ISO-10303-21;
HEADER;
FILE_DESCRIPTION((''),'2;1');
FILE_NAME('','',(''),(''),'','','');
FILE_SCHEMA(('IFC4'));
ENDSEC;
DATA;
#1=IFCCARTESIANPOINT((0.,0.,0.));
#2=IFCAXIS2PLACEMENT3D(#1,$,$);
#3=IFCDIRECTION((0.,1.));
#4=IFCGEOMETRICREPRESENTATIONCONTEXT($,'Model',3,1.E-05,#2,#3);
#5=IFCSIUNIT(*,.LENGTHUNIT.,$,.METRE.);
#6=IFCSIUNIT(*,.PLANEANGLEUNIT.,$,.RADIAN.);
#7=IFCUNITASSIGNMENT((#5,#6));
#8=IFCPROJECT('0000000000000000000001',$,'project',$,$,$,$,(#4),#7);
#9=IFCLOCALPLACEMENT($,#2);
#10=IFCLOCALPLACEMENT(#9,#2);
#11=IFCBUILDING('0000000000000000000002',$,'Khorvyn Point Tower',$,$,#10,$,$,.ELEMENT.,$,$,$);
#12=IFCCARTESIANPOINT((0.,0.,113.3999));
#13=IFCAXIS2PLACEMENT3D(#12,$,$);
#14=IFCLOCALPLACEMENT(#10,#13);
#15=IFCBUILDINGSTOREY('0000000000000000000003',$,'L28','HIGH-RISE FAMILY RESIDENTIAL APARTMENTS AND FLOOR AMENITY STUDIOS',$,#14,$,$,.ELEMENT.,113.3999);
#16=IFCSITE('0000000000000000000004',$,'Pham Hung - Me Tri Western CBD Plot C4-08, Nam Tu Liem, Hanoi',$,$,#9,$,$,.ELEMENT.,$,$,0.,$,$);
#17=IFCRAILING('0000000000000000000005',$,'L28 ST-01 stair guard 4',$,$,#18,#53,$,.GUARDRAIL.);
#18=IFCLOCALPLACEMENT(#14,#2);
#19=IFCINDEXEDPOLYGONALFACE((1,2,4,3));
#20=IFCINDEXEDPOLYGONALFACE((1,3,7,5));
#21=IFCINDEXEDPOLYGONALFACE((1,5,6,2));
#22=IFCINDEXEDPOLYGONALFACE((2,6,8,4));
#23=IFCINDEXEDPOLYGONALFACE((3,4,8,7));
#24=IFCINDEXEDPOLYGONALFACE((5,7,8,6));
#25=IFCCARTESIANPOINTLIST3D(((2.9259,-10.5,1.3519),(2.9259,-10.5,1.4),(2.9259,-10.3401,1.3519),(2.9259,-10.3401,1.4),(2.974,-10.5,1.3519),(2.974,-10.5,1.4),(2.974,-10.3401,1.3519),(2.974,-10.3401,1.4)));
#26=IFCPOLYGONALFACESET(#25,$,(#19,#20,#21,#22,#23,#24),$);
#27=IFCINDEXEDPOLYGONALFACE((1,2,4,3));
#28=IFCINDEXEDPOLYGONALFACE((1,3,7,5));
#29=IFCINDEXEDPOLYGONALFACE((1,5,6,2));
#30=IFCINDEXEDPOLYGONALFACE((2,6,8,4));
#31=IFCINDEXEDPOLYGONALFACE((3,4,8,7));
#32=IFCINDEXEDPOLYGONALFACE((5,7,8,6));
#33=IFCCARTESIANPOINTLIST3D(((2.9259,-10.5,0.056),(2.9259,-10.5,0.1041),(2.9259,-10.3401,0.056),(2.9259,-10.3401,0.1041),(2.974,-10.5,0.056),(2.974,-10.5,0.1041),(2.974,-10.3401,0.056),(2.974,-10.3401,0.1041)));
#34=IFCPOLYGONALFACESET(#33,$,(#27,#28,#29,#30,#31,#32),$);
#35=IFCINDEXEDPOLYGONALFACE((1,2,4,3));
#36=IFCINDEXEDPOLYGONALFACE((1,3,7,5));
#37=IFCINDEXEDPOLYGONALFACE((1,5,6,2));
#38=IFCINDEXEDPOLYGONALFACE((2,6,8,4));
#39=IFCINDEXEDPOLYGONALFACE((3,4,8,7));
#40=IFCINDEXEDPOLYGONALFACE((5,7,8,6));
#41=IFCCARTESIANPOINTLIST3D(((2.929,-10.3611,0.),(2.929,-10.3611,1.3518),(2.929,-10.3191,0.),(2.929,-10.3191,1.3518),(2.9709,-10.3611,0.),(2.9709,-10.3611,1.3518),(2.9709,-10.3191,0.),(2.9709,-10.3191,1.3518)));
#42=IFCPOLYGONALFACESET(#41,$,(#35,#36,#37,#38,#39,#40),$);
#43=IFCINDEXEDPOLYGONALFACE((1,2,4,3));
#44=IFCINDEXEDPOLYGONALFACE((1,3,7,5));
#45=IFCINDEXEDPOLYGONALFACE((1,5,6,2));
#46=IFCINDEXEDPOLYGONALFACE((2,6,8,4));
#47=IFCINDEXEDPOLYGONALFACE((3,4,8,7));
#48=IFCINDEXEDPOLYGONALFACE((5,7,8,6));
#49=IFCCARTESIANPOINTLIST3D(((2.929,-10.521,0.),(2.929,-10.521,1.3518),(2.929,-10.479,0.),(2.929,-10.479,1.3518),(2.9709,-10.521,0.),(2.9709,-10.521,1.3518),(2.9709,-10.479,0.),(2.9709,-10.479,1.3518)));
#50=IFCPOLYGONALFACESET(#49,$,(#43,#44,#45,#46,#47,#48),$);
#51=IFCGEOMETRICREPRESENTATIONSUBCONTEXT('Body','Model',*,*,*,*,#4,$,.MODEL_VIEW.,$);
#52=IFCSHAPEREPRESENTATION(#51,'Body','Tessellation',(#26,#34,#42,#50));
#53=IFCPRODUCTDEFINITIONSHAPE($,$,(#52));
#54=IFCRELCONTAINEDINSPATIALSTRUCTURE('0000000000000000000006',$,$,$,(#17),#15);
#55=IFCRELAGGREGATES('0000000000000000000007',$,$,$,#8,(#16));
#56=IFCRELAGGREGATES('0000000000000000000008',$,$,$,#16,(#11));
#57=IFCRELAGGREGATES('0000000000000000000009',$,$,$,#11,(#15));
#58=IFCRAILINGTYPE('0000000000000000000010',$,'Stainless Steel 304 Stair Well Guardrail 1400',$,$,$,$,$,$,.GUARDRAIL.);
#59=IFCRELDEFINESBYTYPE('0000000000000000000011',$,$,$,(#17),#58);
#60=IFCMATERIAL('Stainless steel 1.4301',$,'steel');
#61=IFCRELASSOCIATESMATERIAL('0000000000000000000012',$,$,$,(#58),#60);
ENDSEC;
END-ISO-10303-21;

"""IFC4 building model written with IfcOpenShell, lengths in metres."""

from ifc_helpers import new_model, si_unit, direction, frame, origin, origin_2d, place, context, subcontext, project, spatial, rectangle, extrude, material, type_object, element, save


model = new_model("IFC4")

# Units and contexts
model_context = context("Model", 3, precision=1e-05, world=origin(), true_north=direction((0.0, 1.0)))
body_context = subcontext(model_context, "Body", "Model", "MODEL_VIEW")
ifc_project = project(units=[si_unit("LENGTHUNIT", "METRE"), si_unit("PLANEANGLEUNIT", "RADIAN")], contexts=[model_context])

# Site, building, storey
site_placement = place(None, origin())
site = spatial("IfcSite", under=ifc_project, at=site_placement, Name="Pham Hung - Me Tri Western CBD Plot C4-08, Nam Tu Liem, Hanoi", CompositionType="ELEMENT", RefElevation=0.0)
building_placement = place(site_placement, origin())
building = spatial("IfcBuilding", under=site, at=building_placement, Name="Khorvyn Point Tower", CompositionType="ELEMENT")
storey_placement = place(building_placement, frame((0.0, 0.0, 113.3999)))
storey = spatial("IfcBuildingStorey", under=building, at=storey_placement, Name="L28", Description="HIGH-RISE FAMILY RESIDENTIAL APARTMENTS AND FLOOR AMENITY STUDIOS", CompositionType="ELEMENT", Elevation=113.3999)

# Railing
ifc_material_1 = material(Name="Stainless steel 1.4301", Category="steel")
railing_type_1 = type_object("IfcRailingType", Name="Stainless Steel 304 Stair Well Guardrail 1400", PredefinedType="GUARDRAIL", material=ifc_material_1)
railing_1_placement = place(storey_placement, frame((2.95, -10.3401, 0.0)))
element("IfcRailing", 1, at=railing_1_placement, inside=storey, type_object=railing_type_1, Name="L28 ST-01 stair guard 4", PredefinedType="GUARDRAIL", context=body_context, shape_type="SweptSolid", body=[
    extrude(rectangle(XDim=0.0481, YDim=0.0481, at=origin_2d()), frame((0.0, 0.0, 1.376), z_axis=(0.0, -1.0, 0.0), x_axis=(1.0, 0.0, 0.0)), (0.0, 0.0, 1.0), 0.1599),
    extrude(rectangle(XDim=0.0481, YDim=0.0481, at=origin_2d()), frame((0.0, 0.0, 0.0801), z_axis=(0.0, -1.0, 0.0), x_axis=(1.0, 0.0, 0.0)), (0.0, 0.0, 1.0), 0.1599),
    extrude(rectangle(XDim=0.042, YDim=0.042, at=origin_2d()), origin(), (0.0, 0.0, 1.0), 1.3518),
    extrude(rectangle(XDim=0.042, YDim=0.042, at=origin_2d()), frame((0.0, -0.1599, 0.0)), (0.0, 0.0, 1.0), 1.3518),
])

save(model, "model.ifc")
